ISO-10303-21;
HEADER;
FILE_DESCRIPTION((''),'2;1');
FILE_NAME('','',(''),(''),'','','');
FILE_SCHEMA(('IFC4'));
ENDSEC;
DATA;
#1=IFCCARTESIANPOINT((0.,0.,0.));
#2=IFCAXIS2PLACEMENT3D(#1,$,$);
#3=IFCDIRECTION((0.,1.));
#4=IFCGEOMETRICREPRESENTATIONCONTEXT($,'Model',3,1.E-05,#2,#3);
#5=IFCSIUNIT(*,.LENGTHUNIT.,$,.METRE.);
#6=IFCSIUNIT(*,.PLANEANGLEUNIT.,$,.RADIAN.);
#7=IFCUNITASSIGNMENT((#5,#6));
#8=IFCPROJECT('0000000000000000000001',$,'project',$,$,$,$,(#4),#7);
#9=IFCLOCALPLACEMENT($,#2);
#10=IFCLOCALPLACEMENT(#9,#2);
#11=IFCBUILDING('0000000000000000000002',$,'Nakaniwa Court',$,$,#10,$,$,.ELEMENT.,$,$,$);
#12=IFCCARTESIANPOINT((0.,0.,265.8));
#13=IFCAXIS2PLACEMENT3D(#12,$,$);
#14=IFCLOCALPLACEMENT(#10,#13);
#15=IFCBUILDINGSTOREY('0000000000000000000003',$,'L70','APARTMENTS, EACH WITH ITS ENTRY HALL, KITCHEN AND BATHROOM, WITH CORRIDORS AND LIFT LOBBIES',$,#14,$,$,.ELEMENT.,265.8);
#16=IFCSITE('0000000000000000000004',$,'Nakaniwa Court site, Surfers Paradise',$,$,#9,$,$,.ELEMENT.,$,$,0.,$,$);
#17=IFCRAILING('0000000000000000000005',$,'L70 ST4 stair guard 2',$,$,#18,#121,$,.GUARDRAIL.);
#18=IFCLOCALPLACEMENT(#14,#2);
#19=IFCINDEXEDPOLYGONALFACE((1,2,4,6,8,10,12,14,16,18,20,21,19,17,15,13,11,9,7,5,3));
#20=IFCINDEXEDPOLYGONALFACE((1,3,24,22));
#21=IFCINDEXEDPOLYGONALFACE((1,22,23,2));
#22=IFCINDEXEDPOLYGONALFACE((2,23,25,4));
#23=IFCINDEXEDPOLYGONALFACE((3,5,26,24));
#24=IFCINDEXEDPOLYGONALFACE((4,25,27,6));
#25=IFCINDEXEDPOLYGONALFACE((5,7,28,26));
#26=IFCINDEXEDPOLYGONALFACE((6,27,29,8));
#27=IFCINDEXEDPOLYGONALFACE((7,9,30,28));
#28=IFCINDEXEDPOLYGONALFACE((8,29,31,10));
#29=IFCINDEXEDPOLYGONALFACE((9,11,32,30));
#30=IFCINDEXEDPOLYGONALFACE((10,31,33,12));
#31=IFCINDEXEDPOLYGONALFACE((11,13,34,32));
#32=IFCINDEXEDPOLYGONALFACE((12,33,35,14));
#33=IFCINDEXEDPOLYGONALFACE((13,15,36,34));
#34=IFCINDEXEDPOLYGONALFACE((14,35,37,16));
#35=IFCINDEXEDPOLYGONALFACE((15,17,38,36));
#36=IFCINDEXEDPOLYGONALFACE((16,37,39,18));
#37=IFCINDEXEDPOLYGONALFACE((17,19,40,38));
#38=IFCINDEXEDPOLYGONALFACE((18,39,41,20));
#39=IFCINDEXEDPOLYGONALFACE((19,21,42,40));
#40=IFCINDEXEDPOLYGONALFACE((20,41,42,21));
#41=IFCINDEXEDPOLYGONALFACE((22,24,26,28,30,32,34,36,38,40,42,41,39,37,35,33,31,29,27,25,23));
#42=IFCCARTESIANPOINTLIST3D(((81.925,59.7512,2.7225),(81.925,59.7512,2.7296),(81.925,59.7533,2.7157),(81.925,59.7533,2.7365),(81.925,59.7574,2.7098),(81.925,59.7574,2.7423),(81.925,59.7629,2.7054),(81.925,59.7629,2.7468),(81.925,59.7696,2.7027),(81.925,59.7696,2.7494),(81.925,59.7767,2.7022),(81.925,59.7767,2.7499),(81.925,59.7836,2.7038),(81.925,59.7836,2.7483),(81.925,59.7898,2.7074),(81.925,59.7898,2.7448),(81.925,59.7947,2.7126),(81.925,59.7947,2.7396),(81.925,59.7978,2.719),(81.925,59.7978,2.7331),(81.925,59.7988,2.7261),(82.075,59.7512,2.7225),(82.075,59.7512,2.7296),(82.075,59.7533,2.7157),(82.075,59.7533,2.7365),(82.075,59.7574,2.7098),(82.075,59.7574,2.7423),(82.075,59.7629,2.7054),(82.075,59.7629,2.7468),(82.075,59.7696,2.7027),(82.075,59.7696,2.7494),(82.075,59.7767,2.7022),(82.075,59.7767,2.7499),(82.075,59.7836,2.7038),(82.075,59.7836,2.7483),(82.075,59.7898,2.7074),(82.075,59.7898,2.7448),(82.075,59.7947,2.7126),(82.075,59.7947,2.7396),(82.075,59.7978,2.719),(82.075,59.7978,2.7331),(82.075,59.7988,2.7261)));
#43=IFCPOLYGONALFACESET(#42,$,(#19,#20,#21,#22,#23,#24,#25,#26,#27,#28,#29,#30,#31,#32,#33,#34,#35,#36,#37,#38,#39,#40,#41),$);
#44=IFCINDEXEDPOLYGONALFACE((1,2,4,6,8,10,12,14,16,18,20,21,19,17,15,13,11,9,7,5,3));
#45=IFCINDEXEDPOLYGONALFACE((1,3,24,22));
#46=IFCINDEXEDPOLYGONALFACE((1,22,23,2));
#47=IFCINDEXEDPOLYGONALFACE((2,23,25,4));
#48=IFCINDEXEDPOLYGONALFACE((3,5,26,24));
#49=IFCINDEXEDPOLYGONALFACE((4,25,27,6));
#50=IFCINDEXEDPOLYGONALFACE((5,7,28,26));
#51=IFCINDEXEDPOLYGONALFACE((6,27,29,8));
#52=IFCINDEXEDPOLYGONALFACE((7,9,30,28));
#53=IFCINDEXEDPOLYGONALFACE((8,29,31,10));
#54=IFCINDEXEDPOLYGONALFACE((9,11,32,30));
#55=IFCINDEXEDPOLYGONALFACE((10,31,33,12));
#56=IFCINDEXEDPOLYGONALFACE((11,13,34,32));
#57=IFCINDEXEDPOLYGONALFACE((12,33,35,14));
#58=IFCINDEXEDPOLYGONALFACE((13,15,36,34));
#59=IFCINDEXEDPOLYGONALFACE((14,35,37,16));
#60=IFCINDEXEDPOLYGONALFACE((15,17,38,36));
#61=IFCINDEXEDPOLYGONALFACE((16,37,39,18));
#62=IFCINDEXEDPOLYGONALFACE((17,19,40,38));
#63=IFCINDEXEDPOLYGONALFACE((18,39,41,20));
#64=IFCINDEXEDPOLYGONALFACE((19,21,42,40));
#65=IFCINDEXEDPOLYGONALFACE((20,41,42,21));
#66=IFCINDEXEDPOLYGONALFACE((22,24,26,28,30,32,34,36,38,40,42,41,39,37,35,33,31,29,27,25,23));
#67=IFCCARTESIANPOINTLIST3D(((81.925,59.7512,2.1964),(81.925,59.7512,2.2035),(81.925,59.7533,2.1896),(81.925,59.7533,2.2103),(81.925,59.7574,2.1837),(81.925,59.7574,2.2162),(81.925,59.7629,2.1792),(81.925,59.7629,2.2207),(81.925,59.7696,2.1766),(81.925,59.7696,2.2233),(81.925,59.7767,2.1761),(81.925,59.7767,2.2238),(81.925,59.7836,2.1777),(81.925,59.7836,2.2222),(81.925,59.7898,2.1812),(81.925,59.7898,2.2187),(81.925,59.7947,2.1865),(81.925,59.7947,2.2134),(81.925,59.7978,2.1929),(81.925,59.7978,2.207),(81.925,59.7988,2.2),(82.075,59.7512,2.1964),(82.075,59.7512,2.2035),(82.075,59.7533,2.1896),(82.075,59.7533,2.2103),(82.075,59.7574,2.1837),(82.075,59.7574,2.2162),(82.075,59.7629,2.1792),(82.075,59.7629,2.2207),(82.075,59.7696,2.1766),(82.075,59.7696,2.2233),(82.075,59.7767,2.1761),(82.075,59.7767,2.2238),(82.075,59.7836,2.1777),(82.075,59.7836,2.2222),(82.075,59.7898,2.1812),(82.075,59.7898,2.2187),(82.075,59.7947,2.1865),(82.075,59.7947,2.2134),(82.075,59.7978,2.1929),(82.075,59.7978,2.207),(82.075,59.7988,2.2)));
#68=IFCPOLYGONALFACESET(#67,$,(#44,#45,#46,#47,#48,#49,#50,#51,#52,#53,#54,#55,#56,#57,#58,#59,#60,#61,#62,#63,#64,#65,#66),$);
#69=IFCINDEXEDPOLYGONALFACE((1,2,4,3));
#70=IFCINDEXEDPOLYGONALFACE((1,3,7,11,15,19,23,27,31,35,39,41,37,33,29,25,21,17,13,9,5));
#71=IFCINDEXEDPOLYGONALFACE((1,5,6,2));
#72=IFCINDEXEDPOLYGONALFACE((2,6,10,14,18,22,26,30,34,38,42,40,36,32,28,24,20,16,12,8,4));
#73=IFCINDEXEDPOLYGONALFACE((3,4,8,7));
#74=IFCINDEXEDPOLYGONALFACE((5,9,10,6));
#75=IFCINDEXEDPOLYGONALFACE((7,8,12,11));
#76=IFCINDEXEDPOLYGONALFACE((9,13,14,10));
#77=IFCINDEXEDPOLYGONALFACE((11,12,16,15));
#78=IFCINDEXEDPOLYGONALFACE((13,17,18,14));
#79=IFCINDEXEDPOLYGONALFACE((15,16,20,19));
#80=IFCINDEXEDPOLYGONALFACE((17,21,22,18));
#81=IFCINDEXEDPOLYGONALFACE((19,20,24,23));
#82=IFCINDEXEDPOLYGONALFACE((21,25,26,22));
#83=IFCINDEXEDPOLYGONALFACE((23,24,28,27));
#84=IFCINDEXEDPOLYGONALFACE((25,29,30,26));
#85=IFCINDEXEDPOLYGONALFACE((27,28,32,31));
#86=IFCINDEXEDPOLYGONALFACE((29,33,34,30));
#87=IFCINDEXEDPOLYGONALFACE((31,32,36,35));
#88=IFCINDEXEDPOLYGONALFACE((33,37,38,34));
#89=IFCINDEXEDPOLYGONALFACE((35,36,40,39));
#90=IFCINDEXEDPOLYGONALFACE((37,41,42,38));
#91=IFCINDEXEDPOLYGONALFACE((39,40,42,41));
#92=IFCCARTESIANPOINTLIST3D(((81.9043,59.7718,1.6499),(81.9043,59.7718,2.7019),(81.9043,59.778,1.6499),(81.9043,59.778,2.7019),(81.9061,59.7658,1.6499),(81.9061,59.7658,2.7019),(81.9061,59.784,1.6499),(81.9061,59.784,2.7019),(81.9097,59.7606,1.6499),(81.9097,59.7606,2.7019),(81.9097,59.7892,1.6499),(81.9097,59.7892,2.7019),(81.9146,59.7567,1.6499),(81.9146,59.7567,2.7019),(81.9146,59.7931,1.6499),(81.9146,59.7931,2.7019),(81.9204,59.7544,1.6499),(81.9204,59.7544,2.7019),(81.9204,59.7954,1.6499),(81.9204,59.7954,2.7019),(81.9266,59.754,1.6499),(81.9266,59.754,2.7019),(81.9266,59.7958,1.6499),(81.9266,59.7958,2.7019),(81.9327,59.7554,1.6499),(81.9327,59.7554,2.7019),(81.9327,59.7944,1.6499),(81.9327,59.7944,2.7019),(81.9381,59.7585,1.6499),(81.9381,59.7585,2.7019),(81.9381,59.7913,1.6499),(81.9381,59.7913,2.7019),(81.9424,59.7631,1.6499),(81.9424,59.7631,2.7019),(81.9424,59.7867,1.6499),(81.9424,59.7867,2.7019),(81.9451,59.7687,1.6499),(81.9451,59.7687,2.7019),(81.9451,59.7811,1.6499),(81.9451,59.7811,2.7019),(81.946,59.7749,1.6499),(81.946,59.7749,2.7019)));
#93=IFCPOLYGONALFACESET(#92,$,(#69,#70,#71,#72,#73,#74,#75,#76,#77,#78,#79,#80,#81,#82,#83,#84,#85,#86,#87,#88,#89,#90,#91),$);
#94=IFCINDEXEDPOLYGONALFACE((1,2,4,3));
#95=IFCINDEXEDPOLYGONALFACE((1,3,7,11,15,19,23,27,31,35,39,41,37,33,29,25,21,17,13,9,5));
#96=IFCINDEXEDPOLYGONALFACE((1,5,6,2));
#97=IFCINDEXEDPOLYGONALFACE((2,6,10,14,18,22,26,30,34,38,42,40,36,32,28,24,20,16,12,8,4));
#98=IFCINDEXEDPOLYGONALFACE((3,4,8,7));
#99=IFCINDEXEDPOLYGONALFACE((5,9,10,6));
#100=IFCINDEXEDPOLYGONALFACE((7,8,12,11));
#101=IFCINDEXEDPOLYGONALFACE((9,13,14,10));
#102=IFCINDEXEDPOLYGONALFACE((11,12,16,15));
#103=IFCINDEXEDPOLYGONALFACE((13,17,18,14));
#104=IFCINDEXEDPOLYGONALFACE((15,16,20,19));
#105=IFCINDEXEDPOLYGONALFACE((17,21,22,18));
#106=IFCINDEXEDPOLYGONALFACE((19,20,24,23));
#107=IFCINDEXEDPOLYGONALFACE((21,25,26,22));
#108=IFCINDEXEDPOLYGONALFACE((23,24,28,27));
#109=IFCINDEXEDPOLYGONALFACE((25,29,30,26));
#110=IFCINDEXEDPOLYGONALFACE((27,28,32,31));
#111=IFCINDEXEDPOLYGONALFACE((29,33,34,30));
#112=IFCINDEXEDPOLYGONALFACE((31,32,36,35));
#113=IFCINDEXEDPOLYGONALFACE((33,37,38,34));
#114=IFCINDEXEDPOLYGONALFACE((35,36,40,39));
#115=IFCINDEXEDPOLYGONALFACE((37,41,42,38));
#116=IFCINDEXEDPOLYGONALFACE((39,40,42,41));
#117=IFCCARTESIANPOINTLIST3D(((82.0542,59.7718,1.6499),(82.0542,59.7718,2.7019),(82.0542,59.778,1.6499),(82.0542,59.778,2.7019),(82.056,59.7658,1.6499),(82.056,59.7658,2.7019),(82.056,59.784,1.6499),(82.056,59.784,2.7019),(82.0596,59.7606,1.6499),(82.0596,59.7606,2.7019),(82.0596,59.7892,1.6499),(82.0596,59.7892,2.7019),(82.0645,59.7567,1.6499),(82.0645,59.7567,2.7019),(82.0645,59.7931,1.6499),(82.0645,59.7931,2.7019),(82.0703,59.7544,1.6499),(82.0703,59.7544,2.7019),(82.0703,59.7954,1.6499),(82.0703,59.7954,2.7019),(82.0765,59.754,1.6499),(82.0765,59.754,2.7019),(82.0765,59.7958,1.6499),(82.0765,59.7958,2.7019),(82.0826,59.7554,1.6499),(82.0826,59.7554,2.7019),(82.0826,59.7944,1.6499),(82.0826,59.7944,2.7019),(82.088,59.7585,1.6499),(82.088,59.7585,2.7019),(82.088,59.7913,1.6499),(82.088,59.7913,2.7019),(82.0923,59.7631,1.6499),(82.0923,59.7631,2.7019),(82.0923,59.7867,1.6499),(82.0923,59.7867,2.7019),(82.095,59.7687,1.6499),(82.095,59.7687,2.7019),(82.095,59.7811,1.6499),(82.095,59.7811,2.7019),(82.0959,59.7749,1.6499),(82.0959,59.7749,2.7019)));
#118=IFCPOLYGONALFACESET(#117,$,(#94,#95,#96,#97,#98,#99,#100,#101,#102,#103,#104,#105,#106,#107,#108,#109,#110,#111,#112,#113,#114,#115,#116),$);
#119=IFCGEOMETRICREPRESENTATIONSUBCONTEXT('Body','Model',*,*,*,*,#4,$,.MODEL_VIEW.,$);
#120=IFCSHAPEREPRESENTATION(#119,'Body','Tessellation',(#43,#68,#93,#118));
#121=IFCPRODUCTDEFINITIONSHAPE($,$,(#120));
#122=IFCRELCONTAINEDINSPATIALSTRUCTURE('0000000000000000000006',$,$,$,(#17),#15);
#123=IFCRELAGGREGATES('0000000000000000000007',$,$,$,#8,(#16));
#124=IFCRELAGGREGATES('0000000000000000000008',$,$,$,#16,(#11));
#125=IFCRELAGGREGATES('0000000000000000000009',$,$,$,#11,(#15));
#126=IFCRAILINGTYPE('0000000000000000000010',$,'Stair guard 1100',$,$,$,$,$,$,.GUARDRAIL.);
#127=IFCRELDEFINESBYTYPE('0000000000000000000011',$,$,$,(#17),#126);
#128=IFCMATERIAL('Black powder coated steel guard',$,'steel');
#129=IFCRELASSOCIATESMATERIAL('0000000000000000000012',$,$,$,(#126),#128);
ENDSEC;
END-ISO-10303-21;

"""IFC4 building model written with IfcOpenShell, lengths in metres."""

from ifc_helpers import new_model, si_unit, direction, frame, origin, origin_2d, place, context, subcontext, project, spatial, circle, extrude, material, type_object, element, save


model = new_model("IFC4")

# Units and contexts
model_context = context("Model", 3, precision=1e-05, world=origin(), true_north=direction((0.0, 1.0)))
body_context = subcontext(model_context, "Body", "Model", "MODEL_VIEW")
ifc_project = project(units=[si_unit("LENGTHUNIT", "METRE"), si_unit("PLANEANGLEUNIT", "RADIAN")], contexts=[model_context])

# Site, building, storey
site_placement = place(None, origin())
site = spatial("IfcSite", under=ifc_project, at=site_placement, Name="Nakaniwa Court site, Surfers Paradise", CompositionType="ELEMENT", RefElevation=0.0)
building_placement = place(site_placement, origin())
building = spatial("IfcBuilding", under=site, at=building_placement, Name="Nakaniwa Court", CompositionType="ELEMENT")
storey_placement = place(building_placement, frame((0.0, 0.0, 265.8)))
storey = spatial("IfcBuildingStorey", under=building, at=storey_placement, Name="L70", Description="APARTMENTS, EACH WITH ITS ENTRY HALL, KITCHEN AND BATHROOM, WITH CORRIDORS AND LIFT LOBBIES", CompositionType="ELEMENT", Elevation=265.8)

# Railing
ifc_material_1 = material(Name="Black powder coated steel guard", Category="steel")
railing_type_1 = type_object("IfcRailingType", Name="Stair guard 1100", PredefinedType="GUARDRAIL", material=ifc_material_1)
railing_1_placement = place(storey_placement, frame((81.925, 59.7749, 1.6499)))
element("IfcRailing", 1, at=railing_1_placement, inside=storey, type_object=railing_type_1, Name="L70 ST4 stair guard 2", PredefinedType="GUARDRAIL", context=body_context, shape_type="SweptSolid", body=[
    extrude(circle(Radius=0.0239, at=origin_2d()), frame((0.0, 0.0, 1.0762), z_axis=(1.0, 0.0, 0.0), x_axis=(0.0, 1.0, 0.0)), (0.0, 0.0, 1.0), 0.1499),
    extrude(circle(Radius=0.0239, at=origin_2d()), frame((0.0, 0.0, 0.55), z_axis=(1.0, 0.0, 0.0), x_axis=(0.0, 1.0, 0.0)), (0.0, 0.0, 1.0), 0.1499),
    extrude(circle(Radius=0.021, at=origin_2d()), origin(), (0.0, 0.0, 1.0), 1.052),
    extrude(circle(Radius=0.021, at=origin_2d()), frame((0.1499, 0.0, 0.0)), (0.0, 0.0, 1.0), 1.052),
])

save(model, "model.ifc")
